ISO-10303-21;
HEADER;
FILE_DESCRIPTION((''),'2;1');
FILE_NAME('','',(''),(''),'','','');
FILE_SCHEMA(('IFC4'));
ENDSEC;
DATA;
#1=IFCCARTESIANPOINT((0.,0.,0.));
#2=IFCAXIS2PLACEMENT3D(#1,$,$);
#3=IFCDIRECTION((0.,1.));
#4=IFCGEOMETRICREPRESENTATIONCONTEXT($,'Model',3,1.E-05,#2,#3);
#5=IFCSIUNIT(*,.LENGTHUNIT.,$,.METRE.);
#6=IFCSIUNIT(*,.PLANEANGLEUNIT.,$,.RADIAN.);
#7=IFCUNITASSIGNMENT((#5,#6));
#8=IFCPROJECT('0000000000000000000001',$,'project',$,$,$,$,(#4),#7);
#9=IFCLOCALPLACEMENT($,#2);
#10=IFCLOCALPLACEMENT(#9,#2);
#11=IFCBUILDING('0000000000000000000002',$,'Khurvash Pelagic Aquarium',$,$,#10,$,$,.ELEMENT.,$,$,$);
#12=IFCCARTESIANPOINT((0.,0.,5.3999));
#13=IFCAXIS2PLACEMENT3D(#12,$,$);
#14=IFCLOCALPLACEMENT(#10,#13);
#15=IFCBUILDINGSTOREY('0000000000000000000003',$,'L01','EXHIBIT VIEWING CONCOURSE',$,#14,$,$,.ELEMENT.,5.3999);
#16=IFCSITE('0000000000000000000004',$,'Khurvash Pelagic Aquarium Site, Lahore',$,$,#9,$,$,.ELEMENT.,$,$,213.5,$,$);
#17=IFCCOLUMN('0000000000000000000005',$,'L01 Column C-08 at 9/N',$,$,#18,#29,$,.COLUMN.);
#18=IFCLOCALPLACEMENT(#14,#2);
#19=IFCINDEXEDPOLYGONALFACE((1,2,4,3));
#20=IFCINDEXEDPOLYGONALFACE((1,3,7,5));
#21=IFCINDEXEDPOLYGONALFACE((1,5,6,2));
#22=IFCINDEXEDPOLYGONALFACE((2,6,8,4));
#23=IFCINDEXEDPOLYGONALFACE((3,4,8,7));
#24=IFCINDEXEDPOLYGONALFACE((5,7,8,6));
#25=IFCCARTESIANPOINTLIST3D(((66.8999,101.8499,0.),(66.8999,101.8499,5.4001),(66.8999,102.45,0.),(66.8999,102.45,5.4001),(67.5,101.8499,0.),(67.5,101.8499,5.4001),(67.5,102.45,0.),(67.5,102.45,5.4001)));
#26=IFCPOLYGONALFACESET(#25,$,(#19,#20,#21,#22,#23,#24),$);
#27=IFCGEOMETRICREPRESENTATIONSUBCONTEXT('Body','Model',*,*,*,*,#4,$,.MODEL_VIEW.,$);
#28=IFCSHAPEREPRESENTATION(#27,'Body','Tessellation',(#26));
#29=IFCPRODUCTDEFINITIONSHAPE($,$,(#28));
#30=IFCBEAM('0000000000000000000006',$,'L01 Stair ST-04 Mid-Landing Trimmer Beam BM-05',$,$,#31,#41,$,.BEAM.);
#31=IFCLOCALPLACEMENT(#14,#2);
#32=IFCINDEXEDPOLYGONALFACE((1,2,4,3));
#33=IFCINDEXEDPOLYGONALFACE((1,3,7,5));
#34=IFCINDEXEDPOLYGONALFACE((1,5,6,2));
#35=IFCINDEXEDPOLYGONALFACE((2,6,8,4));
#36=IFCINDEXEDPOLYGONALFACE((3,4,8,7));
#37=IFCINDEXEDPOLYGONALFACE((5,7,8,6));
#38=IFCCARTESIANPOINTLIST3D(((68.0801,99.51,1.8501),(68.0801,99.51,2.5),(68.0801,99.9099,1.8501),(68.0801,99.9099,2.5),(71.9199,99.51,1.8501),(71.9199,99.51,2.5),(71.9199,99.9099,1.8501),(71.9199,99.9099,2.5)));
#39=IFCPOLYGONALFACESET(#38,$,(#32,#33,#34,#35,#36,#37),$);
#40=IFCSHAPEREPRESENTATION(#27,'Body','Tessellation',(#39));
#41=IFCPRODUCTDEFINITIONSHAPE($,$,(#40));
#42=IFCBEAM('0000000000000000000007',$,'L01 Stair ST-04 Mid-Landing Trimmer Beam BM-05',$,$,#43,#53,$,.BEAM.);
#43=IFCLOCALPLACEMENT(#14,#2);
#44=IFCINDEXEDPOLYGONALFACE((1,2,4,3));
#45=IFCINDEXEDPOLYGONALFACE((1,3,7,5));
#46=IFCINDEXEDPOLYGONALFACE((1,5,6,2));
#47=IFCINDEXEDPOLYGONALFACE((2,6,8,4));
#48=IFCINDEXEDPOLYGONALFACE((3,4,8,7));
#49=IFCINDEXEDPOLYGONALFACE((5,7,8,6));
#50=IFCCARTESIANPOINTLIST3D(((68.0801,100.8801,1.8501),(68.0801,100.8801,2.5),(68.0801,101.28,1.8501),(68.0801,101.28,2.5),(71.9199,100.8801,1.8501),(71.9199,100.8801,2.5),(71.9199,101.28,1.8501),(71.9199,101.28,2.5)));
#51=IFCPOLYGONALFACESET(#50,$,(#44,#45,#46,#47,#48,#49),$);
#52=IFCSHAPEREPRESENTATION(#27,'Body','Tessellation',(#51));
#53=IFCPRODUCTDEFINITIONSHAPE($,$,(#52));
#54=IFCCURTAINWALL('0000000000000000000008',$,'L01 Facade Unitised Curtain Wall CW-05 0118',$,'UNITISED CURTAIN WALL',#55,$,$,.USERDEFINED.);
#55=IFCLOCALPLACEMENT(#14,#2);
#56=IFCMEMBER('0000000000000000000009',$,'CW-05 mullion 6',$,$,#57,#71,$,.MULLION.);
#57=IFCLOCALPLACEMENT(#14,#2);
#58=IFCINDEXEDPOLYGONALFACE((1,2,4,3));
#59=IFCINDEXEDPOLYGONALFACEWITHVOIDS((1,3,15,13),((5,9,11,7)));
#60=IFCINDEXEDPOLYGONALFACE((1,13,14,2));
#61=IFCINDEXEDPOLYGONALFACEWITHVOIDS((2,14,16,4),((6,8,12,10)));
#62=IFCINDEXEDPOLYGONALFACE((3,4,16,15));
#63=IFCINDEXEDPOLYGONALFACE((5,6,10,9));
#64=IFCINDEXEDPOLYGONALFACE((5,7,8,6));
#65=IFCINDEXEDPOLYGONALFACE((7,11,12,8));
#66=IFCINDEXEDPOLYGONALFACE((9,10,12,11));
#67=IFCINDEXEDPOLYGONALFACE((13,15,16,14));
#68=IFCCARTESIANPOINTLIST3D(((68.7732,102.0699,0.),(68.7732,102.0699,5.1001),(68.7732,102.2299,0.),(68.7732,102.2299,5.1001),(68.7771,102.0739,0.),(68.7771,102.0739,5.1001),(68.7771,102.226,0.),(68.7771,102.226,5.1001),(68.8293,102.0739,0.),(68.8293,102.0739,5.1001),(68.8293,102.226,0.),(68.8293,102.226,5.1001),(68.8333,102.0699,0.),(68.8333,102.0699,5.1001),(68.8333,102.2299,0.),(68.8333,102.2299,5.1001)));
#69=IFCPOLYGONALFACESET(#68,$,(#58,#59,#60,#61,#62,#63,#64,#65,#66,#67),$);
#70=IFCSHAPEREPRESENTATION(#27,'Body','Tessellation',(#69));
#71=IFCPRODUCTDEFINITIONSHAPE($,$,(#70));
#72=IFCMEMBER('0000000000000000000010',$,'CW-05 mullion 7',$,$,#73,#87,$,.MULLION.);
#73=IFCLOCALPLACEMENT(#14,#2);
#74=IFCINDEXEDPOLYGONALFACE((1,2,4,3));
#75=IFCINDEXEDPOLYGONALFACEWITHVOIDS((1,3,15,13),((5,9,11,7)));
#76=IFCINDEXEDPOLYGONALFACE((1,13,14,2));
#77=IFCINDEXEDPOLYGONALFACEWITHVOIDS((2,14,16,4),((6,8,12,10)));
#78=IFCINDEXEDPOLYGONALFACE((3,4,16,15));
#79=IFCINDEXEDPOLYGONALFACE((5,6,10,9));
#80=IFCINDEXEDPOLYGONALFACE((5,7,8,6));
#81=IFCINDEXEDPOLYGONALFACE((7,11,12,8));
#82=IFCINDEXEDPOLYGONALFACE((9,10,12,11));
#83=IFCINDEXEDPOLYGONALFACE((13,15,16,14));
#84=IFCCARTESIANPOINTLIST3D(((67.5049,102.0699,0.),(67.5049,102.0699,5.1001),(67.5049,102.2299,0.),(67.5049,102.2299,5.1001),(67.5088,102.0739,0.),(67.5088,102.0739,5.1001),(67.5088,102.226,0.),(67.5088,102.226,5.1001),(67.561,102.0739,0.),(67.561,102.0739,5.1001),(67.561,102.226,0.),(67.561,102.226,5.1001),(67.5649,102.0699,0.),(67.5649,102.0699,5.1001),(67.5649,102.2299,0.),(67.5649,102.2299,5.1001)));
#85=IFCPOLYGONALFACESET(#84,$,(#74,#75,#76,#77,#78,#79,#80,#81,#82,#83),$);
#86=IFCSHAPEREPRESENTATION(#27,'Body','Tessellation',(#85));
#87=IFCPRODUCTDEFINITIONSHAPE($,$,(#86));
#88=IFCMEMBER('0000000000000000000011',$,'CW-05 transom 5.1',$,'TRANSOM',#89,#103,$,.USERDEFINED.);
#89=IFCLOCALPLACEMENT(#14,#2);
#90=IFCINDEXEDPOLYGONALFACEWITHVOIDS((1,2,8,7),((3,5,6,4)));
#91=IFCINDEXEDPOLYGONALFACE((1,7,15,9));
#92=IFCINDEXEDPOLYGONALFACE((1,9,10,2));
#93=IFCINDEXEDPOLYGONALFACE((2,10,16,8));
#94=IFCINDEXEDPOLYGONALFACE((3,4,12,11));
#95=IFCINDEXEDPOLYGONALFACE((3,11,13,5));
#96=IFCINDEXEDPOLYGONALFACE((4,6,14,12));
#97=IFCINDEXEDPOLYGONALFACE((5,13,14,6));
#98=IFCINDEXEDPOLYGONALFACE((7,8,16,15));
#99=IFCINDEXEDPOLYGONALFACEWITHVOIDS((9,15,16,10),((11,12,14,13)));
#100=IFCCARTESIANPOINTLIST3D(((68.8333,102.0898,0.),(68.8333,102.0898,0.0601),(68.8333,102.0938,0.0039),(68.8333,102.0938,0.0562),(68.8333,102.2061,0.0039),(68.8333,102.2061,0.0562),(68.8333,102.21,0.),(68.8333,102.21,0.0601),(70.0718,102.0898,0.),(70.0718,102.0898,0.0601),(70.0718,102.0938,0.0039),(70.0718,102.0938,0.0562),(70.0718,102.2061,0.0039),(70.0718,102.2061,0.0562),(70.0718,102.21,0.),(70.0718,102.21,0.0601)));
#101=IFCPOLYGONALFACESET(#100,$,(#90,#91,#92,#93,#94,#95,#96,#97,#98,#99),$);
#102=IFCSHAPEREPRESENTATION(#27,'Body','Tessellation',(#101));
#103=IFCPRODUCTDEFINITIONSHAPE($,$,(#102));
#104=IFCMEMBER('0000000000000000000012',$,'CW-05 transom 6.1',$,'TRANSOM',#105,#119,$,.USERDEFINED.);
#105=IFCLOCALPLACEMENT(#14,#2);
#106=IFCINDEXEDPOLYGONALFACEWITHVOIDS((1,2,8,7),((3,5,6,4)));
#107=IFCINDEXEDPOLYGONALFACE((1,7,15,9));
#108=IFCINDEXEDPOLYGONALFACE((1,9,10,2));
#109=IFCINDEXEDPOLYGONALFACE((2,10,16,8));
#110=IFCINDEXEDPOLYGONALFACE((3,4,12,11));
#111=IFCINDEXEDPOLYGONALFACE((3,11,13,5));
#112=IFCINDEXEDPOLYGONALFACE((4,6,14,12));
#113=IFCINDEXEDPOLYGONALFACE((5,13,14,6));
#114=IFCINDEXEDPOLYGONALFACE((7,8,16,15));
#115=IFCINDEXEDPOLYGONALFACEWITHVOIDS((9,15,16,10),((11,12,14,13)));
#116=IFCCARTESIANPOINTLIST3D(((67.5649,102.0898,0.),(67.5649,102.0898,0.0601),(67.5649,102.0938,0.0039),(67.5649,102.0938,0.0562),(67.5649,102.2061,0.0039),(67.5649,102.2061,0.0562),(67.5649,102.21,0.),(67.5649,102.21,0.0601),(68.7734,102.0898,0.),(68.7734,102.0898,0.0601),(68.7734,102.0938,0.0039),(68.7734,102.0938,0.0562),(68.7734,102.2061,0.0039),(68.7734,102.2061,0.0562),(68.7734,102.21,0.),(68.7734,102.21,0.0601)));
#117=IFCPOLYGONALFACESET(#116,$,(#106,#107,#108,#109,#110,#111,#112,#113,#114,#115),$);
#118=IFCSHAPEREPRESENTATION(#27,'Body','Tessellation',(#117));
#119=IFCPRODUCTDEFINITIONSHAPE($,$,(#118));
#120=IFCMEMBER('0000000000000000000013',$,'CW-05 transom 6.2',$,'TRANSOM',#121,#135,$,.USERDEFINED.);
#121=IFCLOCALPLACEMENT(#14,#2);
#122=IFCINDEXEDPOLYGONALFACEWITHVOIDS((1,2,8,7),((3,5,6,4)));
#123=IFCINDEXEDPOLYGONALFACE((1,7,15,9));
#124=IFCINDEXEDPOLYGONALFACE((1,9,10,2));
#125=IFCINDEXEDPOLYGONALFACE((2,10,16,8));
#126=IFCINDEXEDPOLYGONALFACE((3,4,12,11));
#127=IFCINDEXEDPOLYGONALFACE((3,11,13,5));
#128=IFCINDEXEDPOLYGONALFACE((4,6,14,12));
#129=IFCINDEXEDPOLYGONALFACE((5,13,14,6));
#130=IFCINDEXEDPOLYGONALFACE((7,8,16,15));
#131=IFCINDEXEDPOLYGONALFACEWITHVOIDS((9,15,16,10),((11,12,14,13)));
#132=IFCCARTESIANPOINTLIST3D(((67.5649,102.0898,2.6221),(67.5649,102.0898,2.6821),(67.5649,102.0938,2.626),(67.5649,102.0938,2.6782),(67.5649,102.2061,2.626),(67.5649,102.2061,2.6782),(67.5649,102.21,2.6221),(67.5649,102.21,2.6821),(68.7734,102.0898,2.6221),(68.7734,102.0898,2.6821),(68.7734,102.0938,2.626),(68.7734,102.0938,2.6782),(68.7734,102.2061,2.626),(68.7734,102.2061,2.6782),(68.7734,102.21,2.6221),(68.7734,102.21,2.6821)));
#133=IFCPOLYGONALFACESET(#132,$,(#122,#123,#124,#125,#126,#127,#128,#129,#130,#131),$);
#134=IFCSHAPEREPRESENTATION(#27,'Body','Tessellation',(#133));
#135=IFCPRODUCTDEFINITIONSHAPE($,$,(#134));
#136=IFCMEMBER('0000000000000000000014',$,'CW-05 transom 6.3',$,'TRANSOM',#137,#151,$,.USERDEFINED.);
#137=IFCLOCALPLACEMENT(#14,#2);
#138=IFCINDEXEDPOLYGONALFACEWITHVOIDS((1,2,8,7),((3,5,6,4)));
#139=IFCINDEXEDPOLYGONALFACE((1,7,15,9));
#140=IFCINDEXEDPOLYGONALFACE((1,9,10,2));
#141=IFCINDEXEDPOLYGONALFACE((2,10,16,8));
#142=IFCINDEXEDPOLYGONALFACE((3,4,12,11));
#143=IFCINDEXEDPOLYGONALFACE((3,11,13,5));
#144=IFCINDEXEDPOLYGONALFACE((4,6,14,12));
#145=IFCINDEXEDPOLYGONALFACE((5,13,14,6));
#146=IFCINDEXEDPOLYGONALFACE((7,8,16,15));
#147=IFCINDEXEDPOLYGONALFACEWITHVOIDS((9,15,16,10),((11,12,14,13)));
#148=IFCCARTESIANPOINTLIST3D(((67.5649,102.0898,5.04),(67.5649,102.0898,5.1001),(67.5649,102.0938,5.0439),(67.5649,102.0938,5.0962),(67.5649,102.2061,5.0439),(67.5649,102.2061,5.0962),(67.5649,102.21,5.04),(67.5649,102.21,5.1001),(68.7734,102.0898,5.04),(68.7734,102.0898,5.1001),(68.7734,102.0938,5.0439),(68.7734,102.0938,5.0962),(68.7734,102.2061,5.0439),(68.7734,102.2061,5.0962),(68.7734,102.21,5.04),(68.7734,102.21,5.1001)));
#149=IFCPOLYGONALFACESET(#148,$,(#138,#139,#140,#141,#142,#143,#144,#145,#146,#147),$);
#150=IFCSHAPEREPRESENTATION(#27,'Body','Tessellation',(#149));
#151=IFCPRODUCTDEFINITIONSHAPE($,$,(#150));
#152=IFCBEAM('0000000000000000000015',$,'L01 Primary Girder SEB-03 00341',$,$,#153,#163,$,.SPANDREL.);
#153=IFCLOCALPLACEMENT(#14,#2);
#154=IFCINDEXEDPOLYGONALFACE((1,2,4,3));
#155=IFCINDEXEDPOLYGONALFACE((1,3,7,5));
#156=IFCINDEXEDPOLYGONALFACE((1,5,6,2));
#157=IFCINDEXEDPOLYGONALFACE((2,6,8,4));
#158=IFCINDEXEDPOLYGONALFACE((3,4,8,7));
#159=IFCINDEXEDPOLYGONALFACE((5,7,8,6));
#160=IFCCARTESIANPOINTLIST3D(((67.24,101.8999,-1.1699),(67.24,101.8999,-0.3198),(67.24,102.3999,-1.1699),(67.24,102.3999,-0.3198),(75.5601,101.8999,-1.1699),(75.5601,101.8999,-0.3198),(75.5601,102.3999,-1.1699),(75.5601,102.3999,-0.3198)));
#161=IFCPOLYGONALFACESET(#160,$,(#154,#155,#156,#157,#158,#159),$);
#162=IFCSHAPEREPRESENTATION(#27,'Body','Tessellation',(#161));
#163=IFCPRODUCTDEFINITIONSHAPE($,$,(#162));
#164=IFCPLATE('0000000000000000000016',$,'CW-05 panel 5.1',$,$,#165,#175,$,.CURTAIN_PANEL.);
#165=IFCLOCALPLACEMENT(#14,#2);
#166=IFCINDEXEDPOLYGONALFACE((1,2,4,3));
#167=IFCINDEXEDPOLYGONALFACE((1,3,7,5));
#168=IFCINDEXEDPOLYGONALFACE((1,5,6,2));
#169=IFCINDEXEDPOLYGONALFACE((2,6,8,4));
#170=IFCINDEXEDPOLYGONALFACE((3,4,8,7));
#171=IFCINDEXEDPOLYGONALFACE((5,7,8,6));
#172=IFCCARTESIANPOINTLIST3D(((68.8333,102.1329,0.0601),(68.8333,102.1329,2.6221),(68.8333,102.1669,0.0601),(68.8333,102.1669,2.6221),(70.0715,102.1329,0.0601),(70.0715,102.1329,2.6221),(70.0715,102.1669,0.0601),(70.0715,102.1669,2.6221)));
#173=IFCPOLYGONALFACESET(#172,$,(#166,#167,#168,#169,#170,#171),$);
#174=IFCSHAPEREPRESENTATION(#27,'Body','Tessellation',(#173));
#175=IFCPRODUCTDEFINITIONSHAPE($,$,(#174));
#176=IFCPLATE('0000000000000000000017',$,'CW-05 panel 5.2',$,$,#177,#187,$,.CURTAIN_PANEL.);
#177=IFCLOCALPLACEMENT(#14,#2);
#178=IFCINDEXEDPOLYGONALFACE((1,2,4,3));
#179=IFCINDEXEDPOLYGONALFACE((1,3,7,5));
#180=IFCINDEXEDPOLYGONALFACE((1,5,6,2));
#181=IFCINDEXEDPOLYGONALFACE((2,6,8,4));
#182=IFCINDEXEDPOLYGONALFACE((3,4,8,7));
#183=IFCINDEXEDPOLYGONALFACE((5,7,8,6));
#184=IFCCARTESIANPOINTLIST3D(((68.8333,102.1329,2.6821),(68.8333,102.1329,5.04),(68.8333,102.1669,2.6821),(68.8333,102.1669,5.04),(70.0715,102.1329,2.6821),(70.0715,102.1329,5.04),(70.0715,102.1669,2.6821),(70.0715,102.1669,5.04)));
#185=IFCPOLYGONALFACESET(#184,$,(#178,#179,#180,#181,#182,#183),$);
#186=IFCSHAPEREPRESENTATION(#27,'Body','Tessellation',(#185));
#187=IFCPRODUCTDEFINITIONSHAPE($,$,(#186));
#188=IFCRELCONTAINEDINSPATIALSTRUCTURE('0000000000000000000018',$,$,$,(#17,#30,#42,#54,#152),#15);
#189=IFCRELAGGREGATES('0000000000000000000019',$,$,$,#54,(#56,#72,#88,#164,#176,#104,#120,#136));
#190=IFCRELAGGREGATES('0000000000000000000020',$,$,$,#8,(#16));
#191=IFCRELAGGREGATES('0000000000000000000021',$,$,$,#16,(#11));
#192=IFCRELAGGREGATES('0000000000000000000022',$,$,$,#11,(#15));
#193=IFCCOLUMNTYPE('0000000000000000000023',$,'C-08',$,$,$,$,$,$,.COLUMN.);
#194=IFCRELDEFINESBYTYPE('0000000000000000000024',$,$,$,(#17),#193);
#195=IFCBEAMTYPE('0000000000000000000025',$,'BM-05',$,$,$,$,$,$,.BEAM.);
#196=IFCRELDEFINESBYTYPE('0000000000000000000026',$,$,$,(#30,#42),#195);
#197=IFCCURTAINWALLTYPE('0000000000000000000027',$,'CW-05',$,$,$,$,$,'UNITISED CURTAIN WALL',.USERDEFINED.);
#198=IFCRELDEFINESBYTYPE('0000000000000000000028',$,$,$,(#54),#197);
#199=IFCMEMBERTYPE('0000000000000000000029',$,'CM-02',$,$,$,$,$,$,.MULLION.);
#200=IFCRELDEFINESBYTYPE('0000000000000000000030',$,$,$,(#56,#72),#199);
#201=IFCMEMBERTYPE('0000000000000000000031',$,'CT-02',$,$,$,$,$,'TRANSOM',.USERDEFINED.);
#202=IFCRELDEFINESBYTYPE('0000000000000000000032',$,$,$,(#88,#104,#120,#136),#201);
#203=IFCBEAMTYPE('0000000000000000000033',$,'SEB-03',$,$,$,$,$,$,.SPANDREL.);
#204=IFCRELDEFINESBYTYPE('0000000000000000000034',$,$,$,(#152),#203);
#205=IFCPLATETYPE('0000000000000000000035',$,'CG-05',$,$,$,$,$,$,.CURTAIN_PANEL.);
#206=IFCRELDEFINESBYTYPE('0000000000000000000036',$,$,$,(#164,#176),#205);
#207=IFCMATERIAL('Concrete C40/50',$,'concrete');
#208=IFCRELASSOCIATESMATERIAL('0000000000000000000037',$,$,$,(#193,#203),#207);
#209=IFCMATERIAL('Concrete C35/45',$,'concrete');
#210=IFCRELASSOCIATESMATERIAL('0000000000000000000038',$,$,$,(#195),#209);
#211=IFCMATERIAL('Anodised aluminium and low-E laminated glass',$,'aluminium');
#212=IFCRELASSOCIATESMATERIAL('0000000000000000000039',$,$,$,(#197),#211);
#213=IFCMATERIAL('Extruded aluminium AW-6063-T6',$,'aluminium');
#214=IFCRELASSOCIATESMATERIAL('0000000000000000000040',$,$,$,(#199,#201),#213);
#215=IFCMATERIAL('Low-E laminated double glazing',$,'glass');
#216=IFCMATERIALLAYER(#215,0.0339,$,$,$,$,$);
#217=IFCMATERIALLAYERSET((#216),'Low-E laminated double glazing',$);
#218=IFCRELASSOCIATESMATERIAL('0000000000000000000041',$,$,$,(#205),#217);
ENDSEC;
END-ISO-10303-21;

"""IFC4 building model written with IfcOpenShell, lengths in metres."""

from ifc_helpers import new_model, si_unit, direction, frame, origin, origin_2d, place, context, subcontext, project, spatial, rectangle, hollow_rectangle, extrude, material, layer, layer_set, material_profile, profile_set, type_object, element, aggregate, save


model = new_model("IFC4")

# Units and contexts
model_context = context("Model", 3, precision=1e-05, world=origin(), true_north=direction((0.0, 1.0)))
body_context = subcontext(model_context, "Body", "Model", "MODEL_VIEW")
ifc_project = project(units=[si_unit("LENGTHUNIT", "METRE"), si_unit("PLANEANGLEUNIT", "RADIAN")], contexts=[model_context])

# Site, building, storey
site_placement = place(None, origin())
site = spatial("IfcSite", under=ifc_project, at=site_placement, Name="Khurvash Pelagic Aquarium Site, Lahore", CompositionType="ELEMENT", RefElevation=213.5)
building_placement = place(site_placement, origin())
building = spatial("IfcBuilding", under=site, at=building_placement, Name="Khurvash Pelagic Aquarium", CompositionType="ELEMENT")
storey_placement = place(building_placement, frame((0.0, 0.0, 5.3999)))
storey = spatial("IfcBuildingStorey", under=building, at=storey_placement, Name="L01", Description="EXHIBIT VIEWING CONCOURSE", CompositionType="ELEMENT", Elevation=5.3999)

# Column
ifc_material_1 = material(Name="Concrete C40/50", Category="concrete")
ifc_material_profile_1 = material_profile(ifc_material_1, rectangle(XDim=0.6001, YDim=0.6001, at=origin_2d()), Name="RC600X600")
ifc_profile_set_1 = profile_set([ifc_material_profile_1], Name="Concrete C40/50")
column_type = type_object("IfcColumnType", Name="C-08", PredefinedType="COLUMN", material=ifc_profile_set_1)
column_placement = place(storey_placement, frame((67.2, 102.1499, 0.0), z_axis=(0.0, 0.0, 1.0), x_axis=(1.0, 0.0, 0.0)))
element("IfcColumn", 1, at=column_placement, inside=storey, type_object=column_type, Name="L01 Column C-08 at 9/N", PredefinedType="COLUMN", context=body_context, shape_type="SweptSolid", body=[
    extrude(rectangle(XDim=0.6001, YDim=0.6001, at=origin_2d()), origin(), (0.0, 0.0, 1.0), 5.4001),
])

# Beams
ifc_material_2 = material(Name="Concrete C35/45", Category="concrete")
ifc_material_profile_2 = material_profile(ifc_material_2, rectangle(XDim=0.3999, YDim=0.6499, at=origin_2d()), Name="RC400X650")
ifc_profile_set_2 = profile_set([ifc_material_profile_2], Name="Concrete C35/45")
beam_type_1 = type_object("IfcBeamType", Name="BM-05", PredefinedType="BEAM", material=ifc_profile_set_2)
for number, where, z_axis, x_axis, name in (
    (2, (68.0801, 99.71, 2.175), (1.0, 0.0, 0.0), (0.0, 1.0, 0.0), "L01 Stair ST-04 Mid-Landing Trimmer Beam BM-05"),
    (3, (68.0801, 101.0801, 2.175), (1.0, 0.0, 0.0), (0.0, 1.0, 0.0), "L01 Stair ST-04 Mid-Landing Trimmer Beam BM-05"),
):
    element("IfcBeam", number, at=place(storey_placement, frame(where, z_axis=z_axis, x_axis=x_axis)), inside=storey, type_object=beam_type_1, Name=name, PredefinedType="BEAM", context=body_context, shape_type="SweptSolid", body=[
        extrude(rectangle(XDim=0.3999, YDim=0.6499, at=origin_2d()), origin(), (0.0, 0.0, 1.0), 3.8398),
    ])

# Curtain wall, members
ifc_material_3 = material(Name="Anodised aluminium and low-E laminated glass", Category="aluminium")
curtain_wall_type = type_object("IfcCurtainWallType", Name="CW-05", ElementType="UNITISED CURTAIN WALL", PredefinedType="USERDEFINED", material=ifc_material_3)
curtain_wall_placement = place(storey_placement, origin())
curtain_wall = element("IfcCurtainWall", 4, at=curtain_wall_placement, inside=storey, type_object=curtain_wall_type, Name="L01 Facade Unitised Curtain Wall CW-05 0118", ObjectType="UNITISED CURTAIN WALL", PredefinedType="USERDEFINED")
ifc_material_4 = material(Name="Extruded aluminium AW-6063-T6", Category="aluminium")
ifc_material_profile_3 = material_profile(ifc_material_4, hollow_rectangle(XDim=0.0601, YDim=0.1599, WallThickness=0.0039, at=origin_2d()), Name="CWM60X160X4")
ifc_profile_set_3 = profile_set([ifc_material_profile_3], Name="Extruded aluminium AW-6063-T6")
member_type_1 = type_object("IfcMemberType", Name="CM-02", PredefinedType="MULLION", material=ifc_profile_set_3)
member_1_placement = place(storey_placement, frame((68.8032, 102.1499, 0.0), z_axis=(0.0, 0.0, 1.0), x_axis=(-1.0, 0.0, 0.0)))
member_1 = element("IfcMember", 5, at=member_1_placement, type_object=member_type_1, Name="CW-05 mullion 6", PredefinedType="MULLION", context=body_context, shape_type="SweptSolid", body=[
    extrude(hollow_rectangle(XDim=0.0601, YDim=0.1599, WallThickness=0.0039, at=origin_2d()), origin(), (0.0, 0.0, 1.0), 5.1001),
])
member_2_placement = place(storey_placement, frame((67.5349, 102.1499, 0.0), z_axis=(0.0, 0.0, 1.0), x_axis=(-1.0, 0.0, 0.0)))
member_2 = element("IfcMember", 6, at=member_2_placement, type_object=member_type_1, Name="CW-05 mullion 7", PredefinedType="MULLION", context=body_context, shape_type="SweptSolid", body=[
    extrude(hollow_rectangle(XDim=0.0601, YDim=0.1599, WallThickness=0.0039, at=origin_2d()), origin(), (0.0, 0.0, 1.0), 5.1001),
])
ifc_material_profile_4 = material_profile(ifc_material_4, hollow_rectangle(XDim=0.1201, YDim=0.0601, WallThickness=0.0039, at=origin_2d()), Name="CWT120X60X4")
ifc_profile_set_4 = profile_set([ifc_material_profile_4], Name="Extruded aluminium AW-6063-T6")
member_type_2 = type_object("IfcMemberType", Name="CT-02", ElementType="TRANSOM", PredefinedType="USERDEFINED", material=ifc_profile_set_4)
member_3_placement = place(storey_placement, frame((70.0718, 102.1499, 0.03), z_axis=(-1.0, 0.0, 0.0), x_axis=(0.0, -1.0, 0.0)))
member_3 = element("IfcMember", 7, at=member_3_placement, type_object=member_type_2, Name="CW-05 transom 5.1", ObjectType="TRANSOM", PredefinedType="USERDEFINED", context=body_context, shape_type="SweptSolid", body=[
    extrude(hollow_rectangle(XDim=0.1201, YDim=0.0601, WallThickness=0.0039, at=origin_2d()), origin(), (0.0, 0.0, 1.0), 1.2385),
])
member_4_placement = place(storey_placement, frame((68.7734, 102.1499, 0.03), z_axis=(-1.0, 0.0, 0.0), x_axis=(0.0, -1.0, 0.0)))
member_4 = element("IfcMember", 8, at=member_4_placement, type_object=member_type_2, Name="CW-05 transom 6.1", ObjectType="TRANSOM", PredefinedType="USERDEFINED", context=body_context, shape_type="SweptSolid", body=[
    extrude(hollow_rectangle(XDim=0.1201, YDim=0.0601, WallThickness=0.0039, at=origin_2d()), origin(), (0.0, 0.0, 1.0), 1.2085),
])
member_5_placement = place(storey_placement, frame((68.7734, 102.1499, 2.6521), z_axis=(-1.0, 0.0, 0.0), x_axis=(0.0, -1.0, 0.0)))
member_5 = element("IfcMember", 9, at=member_5_placement, type_object=member_type_2, Name="CW-05 transom 6.2", ObjectType="TRANSOM", PredefinedType="USERDEFINED", context=body_context, shape_type="SweptSolid", body=[
    extrude(hollow_rectangle(XDim=0.1201, YDim=0.0601, WallThickness=0.0039, at=origin_2d()), origin(), (0.0, 0.0, 1.0), 1.2085),
])
member_6_placement = place(storey_placement, frame((68.7734, 102.1499, 5.0701), z_axis=(-1.0, 0.0, 0.0), x_axis=(0.0, -1.0, 0.0)))
member_6 = element("IfcMember", 10, at=member_6_placement, type_object=member_type_2, Name="CW-05 transom 6.3", ObjectType="TRANSOM", PredefinedType="USERDEFINED", context=body_context, shape_type="SweptSolid", body=[
    extrude(hollow_rectangle(XDim=0.1201, YDim=0.0601, WallThickness=0.0039, at=origin_2d()), origin(), (0.0, 0.0, 1.0), 1.2085),
])

# Beam
ifc_material_profile_5 = material_profile(ifc_material_1, rectangle(XDim=0.5, YDim=0.8501, at=origin_2d()), Name="RC500X850")
ifc_profile_set_5 = profile_set([ifc_material_profile_5], Name="Concrete C40/50")
beam_type_2 = type_object("IfcBeamType", Name="SEB-03", PredefinedType="SPANDREL", material=ifc_profile_set_5)
beam_placement = place(storey_placement, frame((67.24, 102.1499, -0.7449), z_axis=(1.0, 0.0, 0.0), x_axis=(0.0, 1.0, 0.0)))
element("IfcBeam", 11, at=beam_placement, inside=storey, type_object=beam_type_2, Name="L01 Primary Girder SEB-03 00341", PredefinedType="SPANDREL", context=body_context, shape_type="SweptSolid", body=[
    extrude(rectangle(XDim=0.5, YDim=0.8501, at=origin_2d()), origin(), (0.0, 0.0, 1.0), 8.3201),
])

# Plates
ifc_material_5 = material(Name="Low-E laminated double glazing", Category="glass")
ifc_layer_1 = layer(ifc_material_5, 0.0339)
ifc_layer_set_1 = layer_set([ifc_layer_1], Name="Low-E laminated double glazing")
plate_type = type_object("IfcPlateType", Name="CG-05", PredefinedType="CURTAIN_PANEL", material=ifc_layer_set_1)
plate_1_placement = place(storey_placement, frame((69.4524, 102.1499, 0.0601), z_axis=(0.0, 0.0, 1.0), x_axis=(-1.0, 0.0, 0.0)))
plate_1 = element("IfcPlate", 12, at=plate_1_placement, type_object=plate_type, Name="CW-05 panel 5.1", PredefinedType="CURTAIN_PANEL", context=body_context, shape_type="SweptSolid", body=[
    extrude(rectangle(XDim=1.2383, YDim=0.0339, at=origin_2d()), origin(), (0.0, 0.0, 1.0), 2.562),
])
plate_2_placement = place(storey_placement, frame((69.4524, 102.1499, 2.6821), z_axis=(0.0, 0.0, 1.0), x_axis=(-1.0, 0.0, 0.0)))
plate_2 = element("IfcPlate", 13, at=plate_2_placement, type_object=plate_type, Name="CW-05 panel 5.2", PredefinedType="CURTAIN_PANEL", context=body_context, shape_type="SweptSolid", body=[
    extrude(rectangle(XDim=1.2383, YDim=0.0339, at=origin_2d()), origin(), (0.0, 0.0, 1.0), 2.3579),
])
aggregate(curtain_wall, [member_1, member_2, member_3, plate_1, plate_2, member_4, member_5, member_6])

save(model, "model.ifc")
